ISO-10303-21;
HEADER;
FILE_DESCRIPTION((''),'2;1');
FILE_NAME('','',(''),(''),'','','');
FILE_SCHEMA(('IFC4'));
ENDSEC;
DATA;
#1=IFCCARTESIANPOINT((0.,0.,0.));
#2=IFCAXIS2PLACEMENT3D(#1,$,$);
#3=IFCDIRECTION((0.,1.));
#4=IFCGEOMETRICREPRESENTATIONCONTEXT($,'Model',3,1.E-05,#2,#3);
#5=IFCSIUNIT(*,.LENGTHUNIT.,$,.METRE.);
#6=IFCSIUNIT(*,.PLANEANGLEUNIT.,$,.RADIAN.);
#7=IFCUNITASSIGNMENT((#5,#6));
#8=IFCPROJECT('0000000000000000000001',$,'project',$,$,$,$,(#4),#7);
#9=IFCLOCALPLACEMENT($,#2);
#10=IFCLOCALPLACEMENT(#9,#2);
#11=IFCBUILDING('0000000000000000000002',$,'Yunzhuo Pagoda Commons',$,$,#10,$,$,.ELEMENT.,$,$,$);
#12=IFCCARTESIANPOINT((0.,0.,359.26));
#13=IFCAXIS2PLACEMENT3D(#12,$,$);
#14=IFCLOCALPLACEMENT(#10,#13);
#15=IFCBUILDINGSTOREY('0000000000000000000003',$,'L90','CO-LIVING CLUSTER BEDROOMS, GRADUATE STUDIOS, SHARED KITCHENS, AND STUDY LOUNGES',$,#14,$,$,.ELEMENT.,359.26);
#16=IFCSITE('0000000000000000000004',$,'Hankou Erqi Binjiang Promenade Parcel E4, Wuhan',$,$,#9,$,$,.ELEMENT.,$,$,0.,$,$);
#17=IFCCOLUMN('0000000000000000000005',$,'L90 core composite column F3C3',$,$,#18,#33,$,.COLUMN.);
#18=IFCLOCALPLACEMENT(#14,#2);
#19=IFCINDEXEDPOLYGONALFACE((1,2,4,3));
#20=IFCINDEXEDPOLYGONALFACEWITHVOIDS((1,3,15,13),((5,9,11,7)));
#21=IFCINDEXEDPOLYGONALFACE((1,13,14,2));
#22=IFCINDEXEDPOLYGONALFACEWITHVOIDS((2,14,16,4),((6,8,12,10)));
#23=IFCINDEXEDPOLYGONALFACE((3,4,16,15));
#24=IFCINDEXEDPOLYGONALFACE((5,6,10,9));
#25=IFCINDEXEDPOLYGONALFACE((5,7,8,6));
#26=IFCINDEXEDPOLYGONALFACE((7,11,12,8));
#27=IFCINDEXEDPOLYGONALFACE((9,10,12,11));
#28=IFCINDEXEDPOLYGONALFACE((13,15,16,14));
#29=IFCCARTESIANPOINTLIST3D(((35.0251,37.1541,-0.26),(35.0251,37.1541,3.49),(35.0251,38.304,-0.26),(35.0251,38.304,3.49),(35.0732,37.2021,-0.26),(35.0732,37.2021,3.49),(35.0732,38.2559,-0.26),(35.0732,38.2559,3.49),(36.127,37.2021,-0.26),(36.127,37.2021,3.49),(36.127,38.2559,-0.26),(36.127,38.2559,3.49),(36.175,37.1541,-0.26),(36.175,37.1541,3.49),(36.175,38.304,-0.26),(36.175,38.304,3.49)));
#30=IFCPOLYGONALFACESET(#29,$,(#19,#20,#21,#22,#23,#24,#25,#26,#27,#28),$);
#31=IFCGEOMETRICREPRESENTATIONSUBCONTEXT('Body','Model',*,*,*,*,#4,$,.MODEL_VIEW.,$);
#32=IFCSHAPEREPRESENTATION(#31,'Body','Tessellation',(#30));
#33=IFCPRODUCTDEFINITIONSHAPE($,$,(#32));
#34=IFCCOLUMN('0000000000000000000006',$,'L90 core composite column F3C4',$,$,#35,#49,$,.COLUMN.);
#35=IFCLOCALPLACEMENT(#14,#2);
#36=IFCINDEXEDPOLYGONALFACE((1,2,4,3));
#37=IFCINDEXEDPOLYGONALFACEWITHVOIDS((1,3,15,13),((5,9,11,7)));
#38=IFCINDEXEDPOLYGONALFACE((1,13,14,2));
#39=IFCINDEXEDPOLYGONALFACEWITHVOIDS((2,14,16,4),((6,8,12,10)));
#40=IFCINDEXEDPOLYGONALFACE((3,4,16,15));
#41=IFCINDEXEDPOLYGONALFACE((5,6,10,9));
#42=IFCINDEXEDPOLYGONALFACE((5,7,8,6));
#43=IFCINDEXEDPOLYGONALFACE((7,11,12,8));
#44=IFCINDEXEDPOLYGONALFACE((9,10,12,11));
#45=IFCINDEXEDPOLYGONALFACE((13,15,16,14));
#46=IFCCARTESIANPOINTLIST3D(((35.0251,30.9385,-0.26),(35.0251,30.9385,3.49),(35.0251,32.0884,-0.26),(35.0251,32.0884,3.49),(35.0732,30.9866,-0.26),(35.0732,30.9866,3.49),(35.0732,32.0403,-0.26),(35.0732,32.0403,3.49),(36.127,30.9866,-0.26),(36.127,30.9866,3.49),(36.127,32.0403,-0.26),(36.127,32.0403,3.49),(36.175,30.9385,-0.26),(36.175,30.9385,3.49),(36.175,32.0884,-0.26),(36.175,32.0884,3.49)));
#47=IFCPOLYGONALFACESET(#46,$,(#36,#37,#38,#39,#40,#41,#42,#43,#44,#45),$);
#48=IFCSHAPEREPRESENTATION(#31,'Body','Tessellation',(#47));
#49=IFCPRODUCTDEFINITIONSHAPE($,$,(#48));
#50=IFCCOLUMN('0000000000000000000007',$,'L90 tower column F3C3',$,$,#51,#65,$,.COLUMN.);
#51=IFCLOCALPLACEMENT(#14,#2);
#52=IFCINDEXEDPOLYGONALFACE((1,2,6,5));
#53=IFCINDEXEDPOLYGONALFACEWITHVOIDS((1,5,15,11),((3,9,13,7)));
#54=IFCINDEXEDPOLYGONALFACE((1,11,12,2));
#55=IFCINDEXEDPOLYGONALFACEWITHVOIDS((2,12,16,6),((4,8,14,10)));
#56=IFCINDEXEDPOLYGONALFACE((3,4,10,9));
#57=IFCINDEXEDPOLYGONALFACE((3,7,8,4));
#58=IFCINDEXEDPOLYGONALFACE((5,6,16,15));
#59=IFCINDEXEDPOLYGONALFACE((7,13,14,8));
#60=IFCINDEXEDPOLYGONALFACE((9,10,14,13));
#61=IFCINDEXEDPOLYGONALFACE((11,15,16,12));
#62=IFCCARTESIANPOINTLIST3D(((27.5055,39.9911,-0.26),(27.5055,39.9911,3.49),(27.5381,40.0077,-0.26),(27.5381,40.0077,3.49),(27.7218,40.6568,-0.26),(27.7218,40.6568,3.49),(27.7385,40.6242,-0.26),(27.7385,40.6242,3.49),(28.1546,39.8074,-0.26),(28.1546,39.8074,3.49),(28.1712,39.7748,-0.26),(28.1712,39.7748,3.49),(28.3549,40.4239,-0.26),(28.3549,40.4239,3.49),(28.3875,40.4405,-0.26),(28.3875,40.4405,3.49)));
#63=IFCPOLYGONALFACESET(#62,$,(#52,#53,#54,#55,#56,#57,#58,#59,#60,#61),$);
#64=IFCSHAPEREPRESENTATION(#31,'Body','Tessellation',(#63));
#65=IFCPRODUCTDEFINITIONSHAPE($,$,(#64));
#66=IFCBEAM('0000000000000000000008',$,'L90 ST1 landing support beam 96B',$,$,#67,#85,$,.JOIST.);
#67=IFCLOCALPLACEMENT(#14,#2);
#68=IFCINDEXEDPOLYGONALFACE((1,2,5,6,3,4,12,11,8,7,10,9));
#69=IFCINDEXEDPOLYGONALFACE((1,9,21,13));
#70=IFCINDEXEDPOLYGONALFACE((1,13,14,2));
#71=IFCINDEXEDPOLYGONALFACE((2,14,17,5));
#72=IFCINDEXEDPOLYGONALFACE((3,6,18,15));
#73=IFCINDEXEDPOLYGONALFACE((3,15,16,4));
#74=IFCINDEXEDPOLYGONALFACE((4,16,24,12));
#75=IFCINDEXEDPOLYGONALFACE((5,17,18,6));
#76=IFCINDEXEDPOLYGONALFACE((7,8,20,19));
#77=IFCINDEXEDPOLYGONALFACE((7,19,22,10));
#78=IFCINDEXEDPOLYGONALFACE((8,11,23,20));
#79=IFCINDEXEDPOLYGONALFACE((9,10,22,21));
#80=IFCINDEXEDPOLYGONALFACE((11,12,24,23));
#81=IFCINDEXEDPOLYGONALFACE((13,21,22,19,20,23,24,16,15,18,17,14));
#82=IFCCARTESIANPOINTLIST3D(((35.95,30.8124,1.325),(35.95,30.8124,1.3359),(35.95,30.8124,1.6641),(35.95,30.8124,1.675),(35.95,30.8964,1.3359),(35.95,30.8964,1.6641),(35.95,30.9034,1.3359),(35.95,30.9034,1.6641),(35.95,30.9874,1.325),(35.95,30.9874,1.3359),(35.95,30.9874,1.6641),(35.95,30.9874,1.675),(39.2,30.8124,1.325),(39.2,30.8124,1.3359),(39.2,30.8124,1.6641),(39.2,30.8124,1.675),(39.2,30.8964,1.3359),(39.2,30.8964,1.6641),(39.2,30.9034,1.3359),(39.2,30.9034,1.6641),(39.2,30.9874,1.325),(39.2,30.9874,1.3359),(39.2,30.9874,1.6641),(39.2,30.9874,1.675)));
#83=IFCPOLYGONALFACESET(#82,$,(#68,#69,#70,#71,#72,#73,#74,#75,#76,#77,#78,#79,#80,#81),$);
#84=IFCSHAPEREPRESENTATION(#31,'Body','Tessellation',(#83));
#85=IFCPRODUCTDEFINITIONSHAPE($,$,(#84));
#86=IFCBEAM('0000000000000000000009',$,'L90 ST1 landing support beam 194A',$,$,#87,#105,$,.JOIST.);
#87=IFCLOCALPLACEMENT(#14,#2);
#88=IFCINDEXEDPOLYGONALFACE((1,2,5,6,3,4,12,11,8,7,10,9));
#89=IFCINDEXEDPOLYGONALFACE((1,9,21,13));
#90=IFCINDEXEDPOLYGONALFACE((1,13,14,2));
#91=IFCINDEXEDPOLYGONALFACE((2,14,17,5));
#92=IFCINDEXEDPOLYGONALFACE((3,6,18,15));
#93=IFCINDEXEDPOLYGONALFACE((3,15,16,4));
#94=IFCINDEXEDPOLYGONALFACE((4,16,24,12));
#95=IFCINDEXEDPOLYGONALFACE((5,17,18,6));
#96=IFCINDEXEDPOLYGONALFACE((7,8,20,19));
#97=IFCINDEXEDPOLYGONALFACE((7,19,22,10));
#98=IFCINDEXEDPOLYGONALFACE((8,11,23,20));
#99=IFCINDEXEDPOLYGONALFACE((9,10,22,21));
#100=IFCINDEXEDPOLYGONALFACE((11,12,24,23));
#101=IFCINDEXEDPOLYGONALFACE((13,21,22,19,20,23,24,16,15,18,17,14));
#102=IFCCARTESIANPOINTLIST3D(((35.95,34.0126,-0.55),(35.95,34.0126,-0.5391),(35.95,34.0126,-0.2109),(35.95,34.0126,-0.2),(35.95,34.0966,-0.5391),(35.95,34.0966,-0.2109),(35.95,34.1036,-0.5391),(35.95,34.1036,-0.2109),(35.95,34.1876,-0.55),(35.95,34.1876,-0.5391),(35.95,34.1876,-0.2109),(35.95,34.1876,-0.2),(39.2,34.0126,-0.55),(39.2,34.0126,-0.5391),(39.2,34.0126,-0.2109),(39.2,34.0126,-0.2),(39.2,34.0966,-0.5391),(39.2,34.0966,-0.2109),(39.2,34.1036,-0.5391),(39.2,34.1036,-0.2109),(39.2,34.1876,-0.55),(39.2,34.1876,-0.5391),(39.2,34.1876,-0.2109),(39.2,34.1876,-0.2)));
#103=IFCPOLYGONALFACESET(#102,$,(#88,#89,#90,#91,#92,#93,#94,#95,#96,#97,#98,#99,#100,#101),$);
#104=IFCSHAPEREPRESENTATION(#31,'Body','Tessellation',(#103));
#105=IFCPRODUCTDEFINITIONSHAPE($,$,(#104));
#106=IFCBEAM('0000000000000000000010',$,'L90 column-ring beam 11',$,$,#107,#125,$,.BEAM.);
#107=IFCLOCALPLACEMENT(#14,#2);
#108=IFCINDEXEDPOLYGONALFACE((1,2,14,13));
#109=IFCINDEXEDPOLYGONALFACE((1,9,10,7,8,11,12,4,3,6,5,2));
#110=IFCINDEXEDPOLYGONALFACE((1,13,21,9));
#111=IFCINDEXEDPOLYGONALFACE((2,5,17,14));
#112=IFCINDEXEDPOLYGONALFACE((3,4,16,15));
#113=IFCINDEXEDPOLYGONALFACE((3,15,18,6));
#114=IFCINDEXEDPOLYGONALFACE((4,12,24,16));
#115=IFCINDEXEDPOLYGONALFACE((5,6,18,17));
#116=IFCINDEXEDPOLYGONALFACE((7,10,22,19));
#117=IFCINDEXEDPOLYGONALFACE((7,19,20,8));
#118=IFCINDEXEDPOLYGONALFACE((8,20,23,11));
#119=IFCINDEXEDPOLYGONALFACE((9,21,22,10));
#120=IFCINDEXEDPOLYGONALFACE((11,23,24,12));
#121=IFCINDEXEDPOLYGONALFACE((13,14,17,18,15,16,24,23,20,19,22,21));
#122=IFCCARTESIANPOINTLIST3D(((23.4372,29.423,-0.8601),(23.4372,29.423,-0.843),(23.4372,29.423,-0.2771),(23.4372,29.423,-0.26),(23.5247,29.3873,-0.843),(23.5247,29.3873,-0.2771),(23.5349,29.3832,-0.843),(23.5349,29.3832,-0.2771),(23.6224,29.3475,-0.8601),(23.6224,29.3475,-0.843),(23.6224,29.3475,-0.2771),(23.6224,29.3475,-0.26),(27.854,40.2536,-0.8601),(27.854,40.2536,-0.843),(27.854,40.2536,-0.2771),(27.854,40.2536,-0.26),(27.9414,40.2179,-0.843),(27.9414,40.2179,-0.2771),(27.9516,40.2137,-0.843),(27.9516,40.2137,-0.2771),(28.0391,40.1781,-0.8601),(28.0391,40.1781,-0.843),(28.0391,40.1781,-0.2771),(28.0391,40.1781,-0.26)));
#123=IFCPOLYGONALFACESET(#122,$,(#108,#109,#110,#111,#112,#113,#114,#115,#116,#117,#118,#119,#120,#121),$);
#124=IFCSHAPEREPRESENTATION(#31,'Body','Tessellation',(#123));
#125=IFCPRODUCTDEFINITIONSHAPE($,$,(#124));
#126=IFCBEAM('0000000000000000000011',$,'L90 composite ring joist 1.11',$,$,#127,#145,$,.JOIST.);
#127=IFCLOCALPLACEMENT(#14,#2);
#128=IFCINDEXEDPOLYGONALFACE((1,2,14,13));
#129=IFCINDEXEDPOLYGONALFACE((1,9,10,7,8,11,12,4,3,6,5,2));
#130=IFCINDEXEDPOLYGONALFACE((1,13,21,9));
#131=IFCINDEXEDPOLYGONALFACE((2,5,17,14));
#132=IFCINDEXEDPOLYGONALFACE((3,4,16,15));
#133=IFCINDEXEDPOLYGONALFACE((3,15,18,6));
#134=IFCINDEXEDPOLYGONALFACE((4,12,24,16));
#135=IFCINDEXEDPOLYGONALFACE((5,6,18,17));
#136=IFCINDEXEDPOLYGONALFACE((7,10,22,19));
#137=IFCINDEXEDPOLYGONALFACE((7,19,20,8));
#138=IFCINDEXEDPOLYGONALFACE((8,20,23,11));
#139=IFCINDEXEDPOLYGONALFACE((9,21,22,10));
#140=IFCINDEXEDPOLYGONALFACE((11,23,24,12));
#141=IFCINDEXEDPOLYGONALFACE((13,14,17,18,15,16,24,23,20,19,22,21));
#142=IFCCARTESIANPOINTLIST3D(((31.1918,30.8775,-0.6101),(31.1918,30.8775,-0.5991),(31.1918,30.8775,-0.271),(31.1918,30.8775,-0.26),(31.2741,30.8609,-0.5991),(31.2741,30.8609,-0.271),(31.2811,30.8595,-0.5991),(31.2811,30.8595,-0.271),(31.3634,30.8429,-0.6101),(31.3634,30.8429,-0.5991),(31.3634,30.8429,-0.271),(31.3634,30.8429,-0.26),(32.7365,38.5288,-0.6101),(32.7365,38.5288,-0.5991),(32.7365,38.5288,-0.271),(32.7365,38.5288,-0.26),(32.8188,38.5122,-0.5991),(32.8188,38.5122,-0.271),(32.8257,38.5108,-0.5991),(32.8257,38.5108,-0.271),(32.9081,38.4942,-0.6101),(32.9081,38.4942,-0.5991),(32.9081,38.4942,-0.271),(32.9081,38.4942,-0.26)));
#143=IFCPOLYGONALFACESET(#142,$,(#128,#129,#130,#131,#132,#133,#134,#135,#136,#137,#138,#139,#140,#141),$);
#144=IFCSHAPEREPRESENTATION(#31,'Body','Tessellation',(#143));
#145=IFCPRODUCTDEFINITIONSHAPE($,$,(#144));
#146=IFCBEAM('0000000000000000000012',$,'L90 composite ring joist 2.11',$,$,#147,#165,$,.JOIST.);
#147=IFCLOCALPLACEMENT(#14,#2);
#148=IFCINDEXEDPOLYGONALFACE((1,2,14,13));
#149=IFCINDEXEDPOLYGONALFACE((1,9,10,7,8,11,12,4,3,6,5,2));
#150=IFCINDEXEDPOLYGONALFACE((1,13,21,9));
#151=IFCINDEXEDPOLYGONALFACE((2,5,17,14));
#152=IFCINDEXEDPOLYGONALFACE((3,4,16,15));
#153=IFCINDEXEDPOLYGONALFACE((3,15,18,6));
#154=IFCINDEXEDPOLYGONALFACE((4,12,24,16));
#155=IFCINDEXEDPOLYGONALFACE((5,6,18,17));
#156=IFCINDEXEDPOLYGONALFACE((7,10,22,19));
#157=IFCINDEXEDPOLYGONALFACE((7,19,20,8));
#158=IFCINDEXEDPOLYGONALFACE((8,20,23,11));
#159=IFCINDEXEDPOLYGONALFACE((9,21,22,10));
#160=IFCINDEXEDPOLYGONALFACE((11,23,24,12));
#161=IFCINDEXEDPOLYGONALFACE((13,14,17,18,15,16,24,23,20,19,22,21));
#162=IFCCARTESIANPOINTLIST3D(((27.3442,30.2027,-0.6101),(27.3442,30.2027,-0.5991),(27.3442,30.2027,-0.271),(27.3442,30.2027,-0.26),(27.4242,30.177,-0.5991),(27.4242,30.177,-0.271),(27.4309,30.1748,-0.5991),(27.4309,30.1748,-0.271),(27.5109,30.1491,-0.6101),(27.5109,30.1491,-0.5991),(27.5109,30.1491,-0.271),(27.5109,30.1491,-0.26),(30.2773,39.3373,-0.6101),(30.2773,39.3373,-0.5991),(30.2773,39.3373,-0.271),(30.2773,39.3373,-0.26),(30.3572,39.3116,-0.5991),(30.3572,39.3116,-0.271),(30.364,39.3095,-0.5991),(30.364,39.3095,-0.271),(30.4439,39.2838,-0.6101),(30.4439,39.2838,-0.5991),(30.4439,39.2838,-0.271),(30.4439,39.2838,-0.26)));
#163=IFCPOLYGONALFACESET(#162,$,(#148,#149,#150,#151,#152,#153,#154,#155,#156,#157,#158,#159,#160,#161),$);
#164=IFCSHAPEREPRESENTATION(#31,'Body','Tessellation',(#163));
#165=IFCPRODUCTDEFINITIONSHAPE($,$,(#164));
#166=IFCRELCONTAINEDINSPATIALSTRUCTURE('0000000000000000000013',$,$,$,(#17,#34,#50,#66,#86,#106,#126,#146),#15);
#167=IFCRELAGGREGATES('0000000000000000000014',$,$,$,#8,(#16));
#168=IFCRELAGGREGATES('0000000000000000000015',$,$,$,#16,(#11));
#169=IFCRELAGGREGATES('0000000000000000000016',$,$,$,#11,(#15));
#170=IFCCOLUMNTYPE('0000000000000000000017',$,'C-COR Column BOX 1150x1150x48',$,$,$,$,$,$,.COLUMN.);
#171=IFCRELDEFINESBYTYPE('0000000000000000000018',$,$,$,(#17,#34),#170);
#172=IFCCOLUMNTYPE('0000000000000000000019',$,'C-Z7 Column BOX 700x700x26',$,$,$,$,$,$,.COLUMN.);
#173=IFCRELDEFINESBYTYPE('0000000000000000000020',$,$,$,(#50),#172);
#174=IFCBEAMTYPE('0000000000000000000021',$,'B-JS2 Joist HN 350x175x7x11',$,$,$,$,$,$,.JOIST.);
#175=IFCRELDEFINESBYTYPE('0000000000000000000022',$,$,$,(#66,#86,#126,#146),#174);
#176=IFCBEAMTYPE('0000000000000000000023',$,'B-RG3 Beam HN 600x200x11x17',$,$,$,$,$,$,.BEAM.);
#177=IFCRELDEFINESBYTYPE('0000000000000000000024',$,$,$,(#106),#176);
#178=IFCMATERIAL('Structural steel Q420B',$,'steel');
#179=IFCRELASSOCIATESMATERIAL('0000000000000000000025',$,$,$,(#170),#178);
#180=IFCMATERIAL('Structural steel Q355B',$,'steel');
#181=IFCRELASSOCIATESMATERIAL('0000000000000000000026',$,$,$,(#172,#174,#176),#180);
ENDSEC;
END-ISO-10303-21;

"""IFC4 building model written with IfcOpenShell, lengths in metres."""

from ifc_helpers import new_model, si_unit, direction, frame, origin, origin_2d, place, context, subcontext, project, spatial, hollow_rectangle, i_section, extrude, source, transform, mapped, material, material_profile, profile_set, type_object, element, save


model = new_model("IFC4")

# Units and contexts
model_context = context("Model", 3, precision=1e-05, world=origin(), true_north=direction((0.0, 1.0)))
body_context = subcontext(model_context, "Body", "Model", "MODEL_VIEW")
ifc_project = project(units=[si_unit("LENGTHUNIT", "METRE"), si_unit("PLANEANGLEUNIT", "RADIAN")], contexts=[model_context])

# Site, building, storey
site_placement = place(None, origin())
site = spatial("IfcSite", under=ifc_project, at=site_placement, Name="Hankou Erqi Binjiang Promenade Parcel E4, Wuhan", CompositionType="ELEMENT", RefElevation=0.0)
building_placement = place(site_placement, origin())
building = spatial("IfcBuilding", under=site, at=building_placement, Name="Yunzhuo Pagoda Commons", CompositionType="ELEMENT")
storey_placement = place(building_placement, frame((0.0, 0.0, 359.26)))
storey = spatial("IfcBuildingStorey", under=building, at=storey_placement, Name="L90", Description="CO-LIVING CLUSTER BEDROOMS, GRADUATE STUDIOS, SHARED KITCHENS, AND STUDY LOUNGES", CompositionType="ELEMENT", Elevation=359.26)

# Columns
ifc_material_1 = material(Name="Structural steel Q420B", Category="steel")
ifc_material_profile_1 = material_profile(ifc_material_1, hollow_rectangle(XDim=1.1499, YDim=1.1499, WallThickness=0.0481, at=origin_2d()), Name="Structural steel Q420B")
ifc_profile_set_1 = profile_set([ifc_material_profile_1], Name="Structural steel Q420B")
column_type_1 = type_object("IfcColumnType", Name="C-COR Column BOX 1150x1150x48", PredefinedType="COLUMN", material=ifc_profile_set_1)
shared_shape_1 = source(origin(), body_context, "Body", "SweptSolid", [
    extrude(hollow_rectangle(XDim=1.1499, YDim=1.1499, WallThickness=0.0481, at=origin_2d()), origin(), (0.0, 0.0, 1.0), 3.75),
])
for number, where, z_axis, x_axis, name in (
    (1, (35.6001, 37.729, -0.26), (0.0, 0.0, 1.0), (1.0, 0.0, 0.0), "L90 core composite column F3C3"),
    (2, (35.6001, 31.5134, -0.26), (0.0, 0.0, 1.0), (1.0, 0.0, 0.0), "L90 core composite column F3C4"),
):
    element("IfcColumn", number, at=place(storey_placement, frame(where, z_axis=z_axis, x_axis=x_axis)), inside=storey, type_object=column_type_1, Name=name, PredefinedType="COLUMN", context=body_context, shape_type="MappedRepresentation", body=[
        mapped(shared_shape_1, transform((0.0, 0.0, 0.0), scale=1.0)),
    ])
ifc_material_2 = material(Name="Structural steel Q355B", Category="steel")
ifc_material_profile_2 = material_profile(ifc_material_2, hollow_rectangle(XDim=0.7, YDim=0.7, WallThickness=0.0259, at=origin_2d()), Name="Structural steel Q355B")
ifc_profile_set_2 = profile_set([ifc_material_profile_2], Name="Structural steel Q355B")
column_type_2 = type_object("IfcColumnType", Name="C-Z7 Column BOX 700x700x26", PredefinedType="COLUMN", material=ifc_profile_set_2)
shared_shape_2 = source(origin(), body_context, "Body", "SweptSolid", [
    extrude(hollow_rectangle(XDim=0.7, YDim=0.7, WallThickness=0.0259, at=origin_2d()), origin(), (0.0, 0.0, 1.0), 3.75),
])
column_placement = place(storey_placement, frame((27.9465, 40.2158, -0.26), z_axis=(0.0, 0.0, 1.0), x_axis=(-0.309017, -0.951057, 0.0)))
element("IfcColumn", 3, at=column_placement, inside=storey, type_object=column_type_2, Name="L90 tower column F3C3", PredefinedType="COLUMN", context=body_context, shape_type="MappedRepresentation", body=[
    mapped(shared_shape_2, transform((0.0, 0.0, 0.0), scale=1.0)),
])

# Beams
ifc_material_profile_3 = material_profile(ifc_material_2, i_section(OverallWidth=0.175, OverallDepth=0.3501, WebThickness=0.0071, FlangeThickness=0.011, at=origin_2d()), Name="Structural steel Q355B")
ifc_profile_set_3 = profile_set([ifc_material_profile_3], Name="Structural steel Q355B")
beam_type_1 = type_object("IfcBeamType", Name="B-JS2 Joist HN 350x175x7x11", PredefinedType="JOIST", material=ifc_profile_set_3)
shared_shape_3 = source(origin(), body_context, "Body", "SweptSolid", [
    extrude(i_section(OverallWidth=0.175, OverallDepth=0.3501, WebThickness=0.0071, FlangeThickness=0.011, at=origin_2d()), origin(), (0.0, 0.0, 1.0), 3.25),
])
for number, where, z_axis, x_axis, name in (
    (4, (35.95, 30.8999, 1.5), (1.0, 0.0, 0.0), (0.0, 1.0, 0.0), "L90 ST1 landing support beam 96B"),
    (5, (35.95, 34.1001, -0.375), (1.0, 0.0, 0.0), (0.0, 1.0, 0.0), "L90 ST1 landing support beam 194A"),
):
    element("IfcBeam", number, at=place(storey_placement, frame(where, z_axis=z_axis, x_axis=x_axis)), inside=storey, type_object=beam_type_1, Name=name, PredefinedType="JOIST", context=body_context, shape_type="MappedRepresentation", body=[
        mapped(shared_shape_3, transform((0.0, 0.0, 0.0), scale=1.0)),
    ])
ifc_material_profile_4 = material_profile(ifc_material_2, i_section(OverallWidth=0.2, OverallDepth=0.6001, WebThickness=0.011, FlangeThickness=0.0171, at=origin_2d()), Name="Structural steel Q355B")
ifc_profile_set_4 = profile_set([ifc_material_profile_4], Name="Structural steel Q355B")
beam_type_2 = type_object("IfcBeamType", Name="B-RG3 Beam HN 600x200x11x17", PredefinedType="BEAM", material=ifc_profile_set_4)
shared_shape_4 = source(origin(), body_context, "Body", "SweptSolid", [
    extrude(i_section(OverallWidth=0.2, OverallDepth=0.6001, WebThickness=0.011, FlangeThickness=0.0171, at=origin_2d()), origin(), (0.0, 0.0, 1.0), 11.6965),
])
beam_1_placement = place(storey_placement, frame((27.9465, 40.2158, -0.5601), z_axis=(-0.377612, -0.925964, 0.0), x_axis=(0.925964, -0.377612, 0.0)))
element("IfcBeam", 6, at=beam_1_placement, inside=storey, type_object=beam_type_2, Name="L90 column-ring beam 11", PredefinedType="BEAM", context=body_context, shape_type="MappedRepresentation", body=[
    mapped(shared_shape_4, transform((0.0, 0.0, 0.0), scale=1.0)),
])
shared_shape_5 = source(origin(), body_context, "Body", "SweptSolid", [
    extrude(i_section(OverallWidth=0.175, OverallDepth=0.3501, WebThickness=0.0071, FlangeThickness=0.011, at=origin_2d()), origin(), (0.0, 0.0, 1.0), 7.8057),
])
beam_2_placement = place(storey_placement, frame((32.8223, 38.5115, -0.4351), z_axis=(-0.19789, -0.980224, 0.0), x_axis=(0.980224, -0.19789, 0.0)))
element("IfcBeam", 7, at=beam_2_placement, inside=storey, type_object=beam_type_1, Name="L90 composite ring joist 1.11", PredefinedType="JOIST", context=body_context, shape_type="MappedRepresentation", body=[
    mapped(shared_shape_5, transform((0.0, 0.0, 0.0), scale=1.0)),
])
shared_shape_6 = source(origin(), body_context, "Body", "SweptSolid", [
    extrude(i_section(OverallWidth=0.175, OverallDepth=0.3501, WebThickness=0.0071, FlangeThickness=0.011, at=origin_2d()), origin(), (0.0, 0.0, 1.0), 9.594),
])
beam_3_placement = place(storey_placement, frame((30.3606, 39.3105, -0.4351), z_axis=(-0.305719, -0.952122, 0.0), x_axis=(0.952122, -0.305719, 0.0)))
element("IfcBeam", 8, at=beam_3_placement, inside=storey, type_object=beam_type_1, Name="L90 composite ring joist 2.11", PredefinedType="JOIST", context=body_context, shape_type="MappedRepresentation", body=[
    mapped(shared_shape_6, transform((0.0, 0.0, 0.0), scale=1.0)),
])

save(model, "model.ifc")
